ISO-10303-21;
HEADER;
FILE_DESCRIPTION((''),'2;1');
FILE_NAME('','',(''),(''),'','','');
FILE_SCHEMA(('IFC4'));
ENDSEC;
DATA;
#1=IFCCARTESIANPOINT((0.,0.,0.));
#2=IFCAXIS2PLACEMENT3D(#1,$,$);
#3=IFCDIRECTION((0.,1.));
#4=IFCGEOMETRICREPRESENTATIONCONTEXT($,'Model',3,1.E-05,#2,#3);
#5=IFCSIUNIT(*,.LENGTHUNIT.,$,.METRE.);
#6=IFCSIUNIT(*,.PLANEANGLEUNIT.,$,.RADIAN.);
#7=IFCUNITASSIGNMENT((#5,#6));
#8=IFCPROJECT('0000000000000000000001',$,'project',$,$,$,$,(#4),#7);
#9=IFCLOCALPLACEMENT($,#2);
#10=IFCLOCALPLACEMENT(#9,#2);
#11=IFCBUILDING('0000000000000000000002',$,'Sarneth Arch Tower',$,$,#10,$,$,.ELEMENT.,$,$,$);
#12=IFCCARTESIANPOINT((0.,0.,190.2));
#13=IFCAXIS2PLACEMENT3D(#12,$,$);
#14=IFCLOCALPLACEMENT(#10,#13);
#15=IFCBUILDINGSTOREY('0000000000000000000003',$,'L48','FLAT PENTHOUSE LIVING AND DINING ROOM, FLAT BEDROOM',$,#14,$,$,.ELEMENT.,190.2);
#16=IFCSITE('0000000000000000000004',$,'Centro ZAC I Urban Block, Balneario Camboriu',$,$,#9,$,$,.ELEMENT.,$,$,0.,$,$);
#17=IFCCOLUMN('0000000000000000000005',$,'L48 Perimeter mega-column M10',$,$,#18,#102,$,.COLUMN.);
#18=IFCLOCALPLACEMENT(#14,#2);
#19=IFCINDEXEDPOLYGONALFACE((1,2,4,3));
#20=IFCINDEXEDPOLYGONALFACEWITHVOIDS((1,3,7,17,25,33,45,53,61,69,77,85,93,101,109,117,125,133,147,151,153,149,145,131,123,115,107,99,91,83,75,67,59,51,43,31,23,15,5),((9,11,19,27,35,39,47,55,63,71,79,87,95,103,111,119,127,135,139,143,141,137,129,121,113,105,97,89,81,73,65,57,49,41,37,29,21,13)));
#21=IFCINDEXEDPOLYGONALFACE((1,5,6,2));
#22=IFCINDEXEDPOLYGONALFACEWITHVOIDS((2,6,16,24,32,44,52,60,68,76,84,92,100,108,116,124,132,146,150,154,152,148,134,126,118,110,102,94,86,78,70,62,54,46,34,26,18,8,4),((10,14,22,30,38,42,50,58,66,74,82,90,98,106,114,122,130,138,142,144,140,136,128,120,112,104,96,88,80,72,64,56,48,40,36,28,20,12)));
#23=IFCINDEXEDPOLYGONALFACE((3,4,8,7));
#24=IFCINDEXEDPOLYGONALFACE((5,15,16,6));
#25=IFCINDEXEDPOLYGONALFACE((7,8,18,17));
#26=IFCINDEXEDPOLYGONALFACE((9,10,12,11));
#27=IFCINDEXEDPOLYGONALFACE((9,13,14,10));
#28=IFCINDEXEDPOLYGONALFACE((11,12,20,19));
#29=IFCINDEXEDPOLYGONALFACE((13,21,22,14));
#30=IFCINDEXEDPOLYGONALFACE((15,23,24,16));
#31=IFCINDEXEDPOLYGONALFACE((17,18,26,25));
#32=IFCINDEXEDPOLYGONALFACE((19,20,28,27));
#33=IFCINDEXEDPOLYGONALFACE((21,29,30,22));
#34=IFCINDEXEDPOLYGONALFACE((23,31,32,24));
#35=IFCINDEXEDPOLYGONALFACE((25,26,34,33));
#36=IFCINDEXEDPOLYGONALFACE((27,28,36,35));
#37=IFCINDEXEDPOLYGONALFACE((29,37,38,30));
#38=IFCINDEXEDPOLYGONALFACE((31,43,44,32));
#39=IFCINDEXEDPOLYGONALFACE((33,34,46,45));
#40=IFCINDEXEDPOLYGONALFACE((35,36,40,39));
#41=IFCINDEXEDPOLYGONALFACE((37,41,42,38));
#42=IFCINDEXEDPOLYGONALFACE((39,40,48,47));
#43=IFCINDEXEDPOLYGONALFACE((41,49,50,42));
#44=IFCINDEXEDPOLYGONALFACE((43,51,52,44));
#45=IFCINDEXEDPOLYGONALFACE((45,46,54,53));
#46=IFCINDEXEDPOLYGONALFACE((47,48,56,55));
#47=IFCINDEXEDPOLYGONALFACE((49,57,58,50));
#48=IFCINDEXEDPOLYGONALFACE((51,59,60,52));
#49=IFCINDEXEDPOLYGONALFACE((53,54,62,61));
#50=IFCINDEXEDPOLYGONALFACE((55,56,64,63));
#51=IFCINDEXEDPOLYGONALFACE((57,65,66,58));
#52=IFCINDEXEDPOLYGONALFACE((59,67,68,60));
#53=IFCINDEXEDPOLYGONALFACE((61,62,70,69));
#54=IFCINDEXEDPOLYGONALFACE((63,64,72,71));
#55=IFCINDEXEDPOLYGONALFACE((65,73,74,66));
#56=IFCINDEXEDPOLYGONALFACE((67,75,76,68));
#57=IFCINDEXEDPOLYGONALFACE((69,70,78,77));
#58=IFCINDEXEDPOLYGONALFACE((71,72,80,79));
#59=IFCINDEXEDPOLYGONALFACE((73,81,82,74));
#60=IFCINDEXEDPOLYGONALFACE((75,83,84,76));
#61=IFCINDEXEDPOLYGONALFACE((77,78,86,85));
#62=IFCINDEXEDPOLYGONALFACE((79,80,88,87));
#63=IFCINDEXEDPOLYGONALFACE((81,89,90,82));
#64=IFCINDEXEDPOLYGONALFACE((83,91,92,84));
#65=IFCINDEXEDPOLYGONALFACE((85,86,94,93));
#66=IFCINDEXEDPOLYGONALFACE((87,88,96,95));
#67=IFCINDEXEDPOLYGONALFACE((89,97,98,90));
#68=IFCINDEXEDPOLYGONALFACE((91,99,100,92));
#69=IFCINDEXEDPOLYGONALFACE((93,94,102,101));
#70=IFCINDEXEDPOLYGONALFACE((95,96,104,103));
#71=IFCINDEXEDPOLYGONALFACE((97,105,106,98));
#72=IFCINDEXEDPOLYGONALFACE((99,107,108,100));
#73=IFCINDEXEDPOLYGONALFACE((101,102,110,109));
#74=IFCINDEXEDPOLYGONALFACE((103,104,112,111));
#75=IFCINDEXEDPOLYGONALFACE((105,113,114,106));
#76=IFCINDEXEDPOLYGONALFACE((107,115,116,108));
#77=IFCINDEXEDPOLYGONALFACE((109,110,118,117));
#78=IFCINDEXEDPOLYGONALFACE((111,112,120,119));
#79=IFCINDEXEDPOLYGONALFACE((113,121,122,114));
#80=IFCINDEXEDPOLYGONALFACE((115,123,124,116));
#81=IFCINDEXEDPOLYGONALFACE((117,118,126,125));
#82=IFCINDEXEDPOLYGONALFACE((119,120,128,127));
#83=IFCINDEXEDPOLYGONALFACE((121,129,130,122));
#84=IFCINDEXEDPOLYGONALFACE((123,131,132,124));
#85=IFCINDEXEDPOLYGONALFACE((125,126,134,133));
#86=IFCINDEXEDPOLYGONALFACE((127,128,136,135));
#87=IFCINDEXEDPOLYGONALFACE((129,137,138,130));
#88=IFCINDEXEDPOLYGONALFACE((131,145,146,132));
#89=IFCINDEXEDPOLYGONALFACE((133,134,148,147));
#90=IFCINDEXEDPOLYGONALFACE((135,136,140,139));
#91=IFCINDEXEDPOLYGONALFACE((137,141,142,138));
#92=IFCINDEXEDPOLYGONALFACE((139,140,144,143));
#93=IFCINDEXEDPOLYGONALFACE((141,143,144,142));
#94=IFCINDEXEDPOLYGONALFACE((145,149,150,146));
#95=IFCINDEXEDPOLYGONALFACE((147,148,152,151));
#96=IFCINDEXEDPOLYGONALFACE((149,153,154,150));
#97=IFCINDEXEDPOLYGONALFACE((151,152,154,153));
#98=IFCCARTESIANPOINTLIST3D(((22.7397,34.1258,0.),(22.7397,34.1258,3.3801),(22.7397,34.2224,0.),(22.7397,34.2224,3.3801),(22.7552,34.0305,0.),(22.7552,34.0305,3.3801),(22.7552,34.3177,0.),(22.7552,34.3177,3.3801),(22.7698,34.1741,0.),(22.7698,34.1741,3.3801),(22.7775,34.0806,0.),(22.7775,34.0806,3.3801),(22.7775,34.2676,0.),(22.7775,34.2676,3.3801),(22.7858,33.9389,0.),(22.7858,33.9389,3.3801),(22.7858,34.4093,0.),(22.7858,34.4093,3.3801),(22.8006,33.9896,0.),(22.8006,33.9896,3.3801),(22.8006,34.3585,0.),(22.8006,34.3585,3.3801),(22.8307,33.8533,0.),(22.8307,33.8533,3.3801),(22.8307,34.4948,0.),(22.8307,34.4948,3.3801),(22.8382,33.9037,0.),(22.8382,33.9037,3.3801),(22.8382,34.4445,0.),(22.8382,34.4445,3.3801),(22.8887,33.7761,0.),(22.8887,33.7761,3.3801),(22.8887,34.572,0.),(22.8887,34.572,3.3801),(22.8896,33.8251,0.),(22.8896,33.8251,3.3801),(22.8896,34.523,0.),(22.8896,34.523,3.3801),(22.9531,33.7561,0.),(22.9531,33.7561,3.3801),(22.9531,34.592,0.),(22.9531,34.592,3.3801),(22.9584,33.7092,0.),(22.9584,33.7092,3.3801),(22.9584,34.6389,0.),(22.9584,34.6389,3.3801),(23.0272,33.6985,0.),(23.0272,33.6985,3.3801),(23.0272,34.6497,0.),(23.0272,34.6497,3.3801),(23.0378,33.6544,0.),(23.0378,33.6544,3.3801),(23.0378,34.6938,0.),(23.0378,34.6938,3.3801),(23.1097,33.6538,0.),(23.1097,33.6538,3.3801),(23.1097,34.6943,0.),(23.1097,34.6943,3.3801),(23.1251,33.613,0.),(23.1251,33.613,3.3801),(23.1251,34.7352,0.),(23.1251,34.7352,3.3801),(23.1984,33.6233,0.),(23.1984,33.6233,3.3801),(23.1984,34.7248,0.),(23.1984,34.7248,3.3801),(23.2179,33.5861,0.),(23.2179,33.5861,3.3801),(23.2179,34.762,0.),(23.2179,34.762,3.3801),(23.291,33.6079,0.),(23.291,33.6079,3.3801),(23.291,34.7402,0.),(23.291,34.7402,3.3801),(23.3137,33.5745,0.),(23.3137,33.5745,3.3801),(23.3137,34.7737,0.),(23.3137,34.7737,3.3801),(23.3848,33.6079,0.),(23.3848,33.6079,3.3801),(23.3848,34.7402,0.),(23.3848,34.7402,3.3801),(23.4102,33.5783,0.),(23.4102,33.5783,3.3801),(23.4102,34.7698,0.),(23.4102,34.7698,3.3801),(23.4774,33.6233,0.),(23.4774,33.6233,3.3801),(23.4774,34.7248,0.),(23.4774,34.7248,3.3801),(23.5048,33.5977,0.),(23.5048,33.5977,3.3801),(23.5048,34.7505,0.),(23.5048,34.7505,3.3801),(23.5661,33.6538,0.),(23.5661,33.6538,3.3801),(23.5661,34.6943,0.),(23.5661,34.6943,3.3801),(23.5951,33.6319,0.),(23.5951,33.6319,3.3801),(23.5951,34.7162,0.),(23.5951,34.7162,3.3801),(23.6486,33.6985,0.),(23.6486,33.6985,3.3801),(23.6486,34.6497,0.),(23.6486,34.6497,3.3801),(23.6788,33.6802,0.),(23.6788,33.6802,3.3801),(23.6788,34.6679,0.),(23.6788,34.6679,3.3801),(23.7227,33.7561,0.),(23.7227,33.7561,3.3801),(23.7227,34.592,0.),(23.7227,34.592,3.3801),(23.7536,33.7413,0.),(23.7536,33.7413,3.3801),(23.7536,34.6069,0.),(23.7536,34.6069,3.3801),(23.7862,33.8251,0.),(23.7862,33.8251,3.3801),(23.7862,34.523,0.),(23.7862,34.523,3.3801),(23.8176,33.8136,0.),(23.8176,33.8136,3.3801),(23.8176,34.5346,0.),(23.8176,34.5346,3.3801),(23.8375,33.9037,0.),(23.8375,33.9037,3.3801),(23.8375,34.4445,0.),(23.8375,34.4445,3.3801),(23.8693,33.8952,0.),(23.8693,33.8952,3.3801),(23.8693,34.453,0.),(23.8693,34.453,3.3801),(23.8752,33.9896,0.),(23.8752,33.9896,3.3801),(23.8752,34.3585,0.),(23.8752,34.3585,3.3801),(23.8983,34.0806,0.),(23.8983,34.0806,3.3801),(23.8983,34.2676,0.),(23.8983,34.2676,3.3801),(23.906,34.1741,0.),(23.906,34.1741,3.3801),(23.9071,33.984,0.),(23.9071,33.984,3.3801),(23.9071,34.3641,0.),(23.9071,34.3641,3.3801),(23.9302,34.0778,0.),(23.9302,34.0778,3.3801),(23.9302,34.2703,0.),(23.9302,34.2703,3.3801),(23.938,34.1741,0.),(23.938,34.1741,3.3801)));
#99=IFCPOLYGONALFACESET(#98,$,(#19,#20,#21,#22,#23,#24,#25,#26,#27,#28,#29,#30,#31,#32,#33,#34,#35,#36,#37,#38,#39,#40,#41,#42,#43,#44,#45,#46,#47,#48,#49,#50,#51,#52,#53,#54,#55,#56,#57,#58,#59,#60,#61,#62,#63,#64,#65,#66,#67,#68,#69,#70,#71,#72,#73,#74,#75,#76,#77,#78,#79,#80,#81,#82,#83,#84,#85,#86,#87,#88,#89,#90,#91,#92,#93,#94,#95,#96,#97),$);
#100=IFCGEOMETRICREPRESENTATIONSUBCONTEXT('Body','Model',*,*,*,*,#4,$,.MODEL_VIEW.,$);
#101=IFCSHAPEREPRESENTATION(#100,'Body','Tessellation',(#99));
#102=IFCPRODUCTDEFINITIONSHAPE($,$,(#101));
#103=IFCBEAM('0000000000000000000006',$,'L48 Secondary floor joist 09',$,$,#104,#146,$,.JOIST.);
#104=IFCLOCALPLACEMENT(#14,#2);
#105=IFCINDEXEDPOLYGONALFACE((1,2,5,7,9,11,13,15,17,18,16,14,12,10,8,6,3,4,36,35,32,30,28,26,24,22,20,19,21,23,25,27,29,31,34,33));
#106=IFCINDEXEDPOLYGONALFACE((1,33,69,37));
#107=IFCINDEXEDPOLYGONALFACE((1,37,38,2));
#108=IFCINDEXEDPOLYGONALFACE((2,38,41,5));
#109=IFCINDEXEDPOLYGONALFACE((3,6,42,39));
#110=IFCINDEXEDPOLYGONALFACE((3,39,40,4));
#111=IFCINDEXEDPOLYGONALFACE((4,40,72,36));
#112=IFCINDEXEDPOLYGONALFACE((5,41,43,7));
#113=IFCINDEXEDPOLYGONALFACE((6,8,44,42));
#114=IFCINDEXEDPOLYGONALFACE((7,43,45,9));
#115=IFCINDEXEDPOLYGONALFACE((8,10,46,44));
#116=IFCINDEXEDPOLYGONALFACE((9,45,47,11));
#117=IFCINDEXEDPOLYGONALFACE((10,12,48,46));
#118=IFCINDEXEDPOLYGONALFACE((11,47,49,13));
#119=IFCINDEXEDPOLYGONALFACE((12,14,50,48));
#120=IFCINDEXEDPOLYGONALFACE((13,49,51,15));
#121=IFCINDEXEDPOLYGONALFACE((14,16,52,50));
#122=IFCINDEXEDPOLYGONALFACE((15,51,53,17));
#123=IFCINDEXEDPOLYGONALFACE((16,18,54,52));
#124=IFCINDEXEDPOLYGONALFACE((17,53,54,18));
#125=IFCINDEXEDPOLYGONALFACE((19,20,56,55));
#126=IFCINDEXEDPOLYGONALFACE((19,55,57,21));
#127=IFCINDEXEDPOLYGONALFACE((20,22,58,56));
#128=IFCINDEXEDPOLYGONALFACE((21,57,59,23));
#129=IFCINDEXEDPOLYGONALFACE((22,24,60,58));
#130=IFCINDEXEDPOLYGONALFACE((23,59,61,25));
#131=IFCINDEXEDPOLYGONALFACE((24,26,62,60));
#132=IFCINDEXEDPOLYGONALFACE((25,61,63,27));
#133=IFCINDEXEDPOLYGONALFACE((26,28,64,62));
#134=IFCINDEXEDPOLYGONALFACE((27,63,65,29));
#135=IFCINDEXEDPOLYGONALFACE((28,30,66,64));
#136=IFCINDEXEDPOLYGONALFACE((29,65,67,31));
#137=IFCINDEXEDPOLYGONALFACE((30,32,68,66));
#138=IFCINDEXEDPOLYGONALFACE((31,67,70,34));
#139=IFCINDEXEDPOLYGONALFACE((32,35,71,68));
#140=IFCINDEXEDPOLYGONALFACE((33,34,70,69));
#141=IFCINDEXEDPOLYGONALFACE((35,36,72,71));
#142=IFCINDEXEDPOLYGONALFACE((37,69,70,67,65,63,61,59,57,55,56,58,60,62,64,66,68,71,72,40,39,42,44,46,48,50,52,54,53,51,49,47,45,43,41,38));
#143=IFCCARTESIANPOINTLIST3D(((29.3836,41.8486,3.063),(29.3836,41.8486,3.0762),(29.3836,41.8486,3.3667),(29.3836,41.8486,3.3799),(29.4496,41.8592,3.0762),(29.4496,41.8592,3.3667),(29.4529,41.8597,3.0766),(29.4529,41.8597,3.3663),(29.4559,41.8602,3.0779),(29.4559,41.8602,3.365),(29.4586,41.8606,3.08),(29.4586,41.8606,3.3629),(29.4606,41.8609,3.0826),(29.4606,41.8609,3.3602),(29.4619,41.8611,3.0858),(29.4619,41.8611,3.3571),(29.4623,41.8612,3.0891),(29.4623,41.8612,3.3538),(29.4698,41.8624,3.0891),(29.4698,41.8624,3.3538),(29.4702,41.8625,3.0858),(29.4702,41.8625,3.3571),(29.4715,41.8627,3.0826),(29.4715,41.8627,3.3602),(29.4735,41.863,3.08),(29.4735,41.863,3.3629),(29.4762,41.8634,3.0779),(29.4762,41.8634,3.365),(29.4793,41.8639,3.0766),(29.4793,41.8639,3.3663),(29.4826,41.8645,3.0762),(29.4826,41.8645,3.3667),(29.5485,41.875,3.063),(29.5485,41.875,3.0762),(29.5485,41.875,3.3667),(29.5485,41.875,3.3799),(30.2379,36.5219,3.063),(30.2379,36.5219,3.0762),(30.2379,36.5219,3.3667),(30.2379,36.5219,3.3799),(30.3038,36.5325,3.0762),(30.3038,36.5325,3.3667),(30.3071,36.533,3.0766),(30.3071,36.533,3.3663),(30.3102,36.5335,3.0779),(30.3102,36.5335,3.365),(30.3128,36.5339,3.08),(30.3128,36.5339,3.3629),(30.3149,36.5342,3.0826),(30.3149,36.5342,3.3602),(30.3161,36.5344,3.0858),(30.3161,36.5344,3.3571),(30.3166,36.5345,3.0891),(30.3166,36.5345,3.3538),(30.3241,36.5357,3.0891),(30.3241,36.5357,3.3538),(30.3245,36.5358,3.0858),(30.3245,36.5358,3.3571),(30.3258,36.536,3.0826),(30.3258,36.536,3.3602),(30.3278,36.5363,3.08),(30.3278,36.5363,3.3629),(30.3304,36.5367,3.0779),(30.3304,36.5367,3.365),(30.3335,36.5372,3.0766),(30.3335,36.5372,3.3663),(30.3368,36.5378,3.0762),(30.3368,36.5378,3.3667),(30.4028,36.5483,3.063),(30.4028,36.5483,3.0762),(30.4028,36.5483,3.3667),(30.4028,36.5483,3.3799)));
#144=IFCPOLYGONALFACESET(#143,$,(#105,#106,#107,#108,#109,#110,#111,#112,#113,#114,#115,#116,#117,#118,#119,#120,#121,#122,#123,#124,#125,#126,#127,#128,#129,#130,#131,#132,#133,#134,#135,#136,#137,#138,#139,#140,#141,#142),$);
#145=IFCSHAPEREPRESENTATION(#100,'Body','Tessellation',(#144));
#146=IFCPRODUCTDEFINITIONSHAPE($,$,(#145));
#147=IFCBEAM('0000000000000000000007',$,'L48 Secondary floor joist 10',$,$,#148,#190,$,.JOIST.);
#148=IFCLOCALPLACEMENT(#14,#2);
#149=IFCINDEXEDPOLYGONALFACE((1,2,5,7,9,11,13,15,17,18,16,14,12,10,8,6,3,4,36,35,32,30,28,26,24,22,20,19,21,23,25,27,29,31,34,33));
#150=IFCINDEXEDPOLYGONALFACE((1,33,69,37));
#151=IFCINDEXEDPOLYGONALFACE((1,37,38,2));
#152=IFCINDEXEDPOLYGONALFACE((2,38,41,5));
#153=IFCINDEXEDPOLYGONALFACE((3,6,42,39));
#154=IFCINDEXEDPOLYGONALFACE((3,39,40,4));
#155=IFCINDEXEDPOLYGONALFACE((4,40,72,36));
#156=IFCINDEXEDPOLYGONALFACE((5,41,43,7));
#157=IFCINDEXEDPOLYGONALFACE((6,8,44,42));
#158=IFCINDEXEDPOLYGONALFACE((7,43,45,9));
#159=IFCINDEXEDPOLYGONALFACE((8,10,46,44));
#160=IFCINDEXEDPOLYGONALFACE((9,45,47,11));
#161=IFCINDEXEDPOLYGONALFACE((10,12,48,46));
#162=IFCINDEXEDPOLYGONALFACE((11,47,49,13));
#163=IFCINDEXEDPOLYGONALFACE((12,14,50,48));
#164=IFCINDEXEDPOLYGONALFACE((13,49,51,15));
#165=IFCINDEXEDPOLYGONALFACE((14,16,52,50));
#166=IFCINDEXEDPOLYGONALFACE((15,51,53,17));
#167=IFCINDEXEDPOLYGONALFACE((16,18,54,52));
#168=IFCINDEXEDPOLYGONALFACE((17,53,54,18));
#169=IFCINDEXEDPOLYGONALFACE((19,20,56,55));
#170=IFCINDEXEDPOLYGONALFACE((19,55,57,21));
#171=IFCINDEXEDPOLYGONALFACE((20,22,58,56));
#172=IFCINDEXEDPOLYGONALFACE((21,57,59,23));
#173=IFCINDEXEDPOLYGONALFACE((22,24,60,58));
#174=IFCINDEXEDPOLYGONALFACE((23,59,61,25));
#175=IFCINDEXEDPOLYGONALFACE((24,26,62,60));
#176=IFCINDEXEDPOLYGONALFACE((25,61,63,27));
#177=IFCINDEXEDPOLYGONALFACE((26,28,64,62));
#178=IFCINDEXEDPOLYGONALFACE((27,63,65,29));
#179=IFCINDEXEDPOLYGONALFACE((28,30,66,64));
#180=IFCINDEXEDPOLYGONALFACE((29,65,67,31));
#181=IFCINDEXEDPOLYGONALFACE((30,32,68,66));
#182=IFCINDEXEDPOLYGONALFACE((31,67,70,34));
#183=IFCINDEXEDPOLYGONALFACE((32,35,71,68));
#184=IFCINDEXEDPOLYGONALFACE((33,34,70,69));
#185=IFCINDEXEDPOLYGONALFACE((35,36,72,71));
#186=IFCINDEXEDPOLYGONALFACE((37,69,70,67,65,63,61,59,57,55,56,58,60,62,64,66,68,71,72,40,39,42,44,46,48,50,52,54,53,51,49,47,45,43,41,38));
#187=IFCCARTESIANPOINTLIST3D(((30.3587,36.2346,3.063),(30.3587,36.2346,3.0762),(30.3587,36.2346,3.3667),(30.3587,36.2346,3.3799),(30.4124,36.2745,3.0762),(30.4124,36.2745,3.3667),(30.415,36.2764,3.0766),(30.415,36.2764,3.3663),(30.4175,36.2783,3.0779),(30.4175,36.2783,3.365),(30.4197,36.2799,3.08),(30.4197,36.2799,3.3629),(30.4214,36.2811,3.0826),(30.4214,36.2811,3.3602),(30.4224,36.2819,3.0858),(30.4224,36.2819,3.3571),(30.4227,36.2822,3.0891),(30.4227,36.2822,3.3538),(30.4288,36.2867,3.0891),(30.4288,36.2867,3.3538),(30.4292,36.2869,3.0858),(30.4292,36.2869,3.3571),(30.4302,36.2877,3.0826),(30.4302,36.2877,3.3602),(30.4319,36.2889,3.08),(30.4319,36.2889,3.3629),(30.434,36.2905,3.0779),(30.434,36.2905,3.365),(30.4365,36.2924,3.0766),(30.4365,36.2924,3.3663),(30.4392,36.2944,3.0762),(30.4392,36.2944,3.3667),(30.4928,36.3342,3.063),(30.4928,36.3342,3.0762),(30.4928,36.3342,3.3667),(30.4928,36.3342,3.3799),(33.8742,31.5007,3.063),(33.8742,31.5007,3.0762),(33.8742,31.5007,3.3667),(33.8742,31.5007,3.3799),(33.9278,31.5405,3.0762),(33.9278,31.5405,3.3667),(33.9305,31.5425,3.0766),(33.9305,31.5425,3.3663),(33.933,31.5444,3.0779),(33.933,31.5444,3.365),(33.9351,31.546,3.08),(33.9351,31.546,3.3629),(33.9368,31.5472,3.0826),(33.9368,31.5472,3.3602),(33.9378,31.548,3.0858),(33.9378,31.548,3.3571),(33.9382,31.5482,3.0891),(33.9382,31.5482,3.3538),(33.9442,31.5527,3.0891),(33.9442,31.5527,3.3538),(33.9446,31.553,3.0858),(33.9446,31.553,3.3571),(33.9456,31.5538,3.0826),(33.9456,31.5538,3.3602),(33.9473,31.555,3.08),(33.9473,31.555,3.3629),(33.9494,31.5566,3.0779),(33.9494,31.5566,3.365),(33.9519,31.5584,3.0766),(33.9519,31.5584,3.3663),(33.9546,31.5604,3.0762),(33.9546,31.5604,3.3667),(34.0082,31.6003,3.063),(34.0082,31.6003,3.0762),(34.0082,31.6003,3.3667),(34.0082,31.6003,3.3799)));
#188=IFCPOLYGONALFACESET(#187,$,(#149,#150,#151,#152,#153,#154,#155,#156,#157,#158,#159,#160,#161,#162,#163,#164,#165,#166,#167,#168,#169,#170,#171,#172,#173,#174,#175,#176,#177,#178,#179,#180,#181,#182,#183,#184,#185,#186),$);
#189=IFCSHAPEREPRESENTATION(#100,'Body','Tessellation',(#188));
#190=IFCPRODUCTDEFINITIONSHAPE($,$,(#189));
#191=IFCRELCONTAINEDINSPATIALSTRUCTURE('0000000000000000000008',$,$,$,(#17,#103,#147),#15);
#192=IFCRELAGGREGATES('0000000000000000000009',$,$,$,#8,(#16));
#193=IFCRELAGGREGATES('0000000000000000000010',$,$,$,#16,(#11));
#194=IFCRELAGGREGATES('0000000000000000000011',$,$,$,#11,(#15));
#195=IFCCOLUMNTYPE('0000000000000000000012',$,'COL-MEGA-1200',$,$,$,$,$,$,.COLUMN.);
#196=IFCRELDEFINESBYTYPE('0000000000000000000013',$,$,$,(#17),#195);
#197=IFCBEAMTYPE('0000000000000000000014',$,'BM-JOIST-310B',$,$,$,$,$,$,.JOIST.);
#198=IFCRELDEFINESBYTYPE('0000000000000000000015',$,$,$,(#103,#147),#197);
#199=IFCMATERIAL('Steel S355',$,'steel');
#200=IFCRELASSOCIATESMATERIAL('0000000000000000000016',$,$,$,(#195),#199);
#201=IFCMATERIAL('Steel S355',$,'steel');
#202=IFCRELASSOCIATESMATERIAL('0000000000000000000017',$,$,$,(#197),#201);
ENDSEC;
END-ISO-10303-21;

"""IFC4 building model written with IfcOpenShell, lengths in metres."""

from ifc_helpers import new_model, si_unit, direction, frame, origin, origin_2d, place, context, subcontext, project, spatial, hollow_circle, i_section, extrude, material, material_profile, profile_set, type_object, element, save


model = new_model("IFC4")

# Units and contexts
model_context = context("Model", 3, precision=1e-05, world=origin(), true_north=direction((0.0, 1.0)))
body_context = subcontext(model_context, "Body", "Model", "MODEL_VIEW")
ifc_project = project(units=[si_unit("LENGTHUNIT", "METRE"), si_unit("PLANEANGLEUNIT", "RADIAN")], contexts=[model_context])

# Site, building, storey
site_placement = place(None, origin())
site = spatial("IfcSite", under=ifc_project, at=site_placement, Name="Centro ZAC I Urban Block, Balneario Camboriu", CompositionType="ELEMENT", RefElevation=0.0)
building_placement = place(site_placement, origin())
building = spatial("IfcBuilding", under=site, at=building_placement, Name="Sarneth Arch Tower", CompositionType="ELEMENT")
storey_placement = place(building_placement, frame((0.0, 0.0, 190.2)))
storey = spatial("IfcBuildingStorey", under=building, at=storey_placement, Name="L48", Description="FLAT PENTHOUSE LIVING AND DINING ROOM, FLAT BEDROOM", CompositionType="ELEMENT", Elevation=190.2)

# Column
ifc_material_1 = material(Name="Steel S355", Category="steel")
ifc_material_profile_1 = material_profile(ifc_material_1, hollow_circle(Radius=0.6001, WallThickness=0.032, at=origin_2d()), Name="CHS1200x32")
ifc_profile_set_1 = profile_set([ifc_material_profile_1], Name="Steel S355")
column_type = type_object("IfcColumnType", Name="COL-MEGA-1200", PredefinedType="COLUMN", material=ifc_profile_set_1)
column_placement = place(storey_placement, frame((23.3379, 34.1741, 0.0), z_axis=(0.0, 0.0, 1.0), x_axis=(1.0, 0.0, 0.0)))
element("IfcColumn", 1, at=column_placement, inside=storey, type_object=column_type, Name="L48 Perimeter mega-column M10", PredefinedType="COLUMN", context=body_context, shape_type="SweptSolid", body=[
    extrude(hollow_circle(Radius=0.6001, WallThickness=0.032, at=origin_2d()), origin(), (0.0, 0.0, 1.0), 3.3801),
])

# Beams
ifc_material_2 = material(Name="Steel S355", Category="steel")
ifc_material_profile_2 = material_profile(ifc_material_2, i_section(OverallWidth=0.167, OverallDepth=0.3169, WebThickness=0.0076, FlangeThickness=0.0132, FilletRadius=0.0129, at=origin_2d()), Name="W310x52")
ifc_profile_set_2 = profile_set([ifc_material_profile_2], Name="Steel S355")
beam_type_1 = type_object("IfcBeamType", Name="BM-JOIST-310B", PredefinedType="JOIST", material=ifc_profile_set_2)
beam_1_placement = place(storey_placement, frame((29.4661, 41.8618, 3.2214), z_axis=(0.158349, -0.987383, 0.0), x_axis=(0.987383, 0.158349, 0.0)))
element("IfcBeam", 2, at=beam_1_placement, inside=storey, type_object=beam_type_1, Name="L48 Secondary floor joist 09", PredefinedType="JOIST", context=body_context, shape_type="SweptSolid", body=[
    extrude(i_section(OverallWidth=0.167, OverallDepth=0.3169, WebThickness=0.0076, FlangeThickness=0.0132, FilletRadius=0.0129, at=origin_2d()), origin(), (0.0, 0.0, 1.0), 5.3948),
])
beam_2_placement = place(storey_placement, frame((30.4258, 36.2844, 3.2214), z_axis=(0.596191, -0.802843, 0.0), x_axis=(0.802843, 0.596191, 0.0)))
element("IfcBeam", 3, at=beam_2_placement, inside=storey, type_object=beam_type_1, Name="L48 Secondary floor joist 10", PredefinedType="JOIST", context=body_context, shape_type="SweptSolid", body=[
    extrude(i_section(OverallWidth=0.167, OverallDepth=0.3169, WebThickness=0.0076, FlangeThickness=0.0132, FilletRadius=0.0129, at=origin_2d()), origin(), (0.0, 0.0, 1.0), 5.8965),
])

save(model, "model.ifc")
